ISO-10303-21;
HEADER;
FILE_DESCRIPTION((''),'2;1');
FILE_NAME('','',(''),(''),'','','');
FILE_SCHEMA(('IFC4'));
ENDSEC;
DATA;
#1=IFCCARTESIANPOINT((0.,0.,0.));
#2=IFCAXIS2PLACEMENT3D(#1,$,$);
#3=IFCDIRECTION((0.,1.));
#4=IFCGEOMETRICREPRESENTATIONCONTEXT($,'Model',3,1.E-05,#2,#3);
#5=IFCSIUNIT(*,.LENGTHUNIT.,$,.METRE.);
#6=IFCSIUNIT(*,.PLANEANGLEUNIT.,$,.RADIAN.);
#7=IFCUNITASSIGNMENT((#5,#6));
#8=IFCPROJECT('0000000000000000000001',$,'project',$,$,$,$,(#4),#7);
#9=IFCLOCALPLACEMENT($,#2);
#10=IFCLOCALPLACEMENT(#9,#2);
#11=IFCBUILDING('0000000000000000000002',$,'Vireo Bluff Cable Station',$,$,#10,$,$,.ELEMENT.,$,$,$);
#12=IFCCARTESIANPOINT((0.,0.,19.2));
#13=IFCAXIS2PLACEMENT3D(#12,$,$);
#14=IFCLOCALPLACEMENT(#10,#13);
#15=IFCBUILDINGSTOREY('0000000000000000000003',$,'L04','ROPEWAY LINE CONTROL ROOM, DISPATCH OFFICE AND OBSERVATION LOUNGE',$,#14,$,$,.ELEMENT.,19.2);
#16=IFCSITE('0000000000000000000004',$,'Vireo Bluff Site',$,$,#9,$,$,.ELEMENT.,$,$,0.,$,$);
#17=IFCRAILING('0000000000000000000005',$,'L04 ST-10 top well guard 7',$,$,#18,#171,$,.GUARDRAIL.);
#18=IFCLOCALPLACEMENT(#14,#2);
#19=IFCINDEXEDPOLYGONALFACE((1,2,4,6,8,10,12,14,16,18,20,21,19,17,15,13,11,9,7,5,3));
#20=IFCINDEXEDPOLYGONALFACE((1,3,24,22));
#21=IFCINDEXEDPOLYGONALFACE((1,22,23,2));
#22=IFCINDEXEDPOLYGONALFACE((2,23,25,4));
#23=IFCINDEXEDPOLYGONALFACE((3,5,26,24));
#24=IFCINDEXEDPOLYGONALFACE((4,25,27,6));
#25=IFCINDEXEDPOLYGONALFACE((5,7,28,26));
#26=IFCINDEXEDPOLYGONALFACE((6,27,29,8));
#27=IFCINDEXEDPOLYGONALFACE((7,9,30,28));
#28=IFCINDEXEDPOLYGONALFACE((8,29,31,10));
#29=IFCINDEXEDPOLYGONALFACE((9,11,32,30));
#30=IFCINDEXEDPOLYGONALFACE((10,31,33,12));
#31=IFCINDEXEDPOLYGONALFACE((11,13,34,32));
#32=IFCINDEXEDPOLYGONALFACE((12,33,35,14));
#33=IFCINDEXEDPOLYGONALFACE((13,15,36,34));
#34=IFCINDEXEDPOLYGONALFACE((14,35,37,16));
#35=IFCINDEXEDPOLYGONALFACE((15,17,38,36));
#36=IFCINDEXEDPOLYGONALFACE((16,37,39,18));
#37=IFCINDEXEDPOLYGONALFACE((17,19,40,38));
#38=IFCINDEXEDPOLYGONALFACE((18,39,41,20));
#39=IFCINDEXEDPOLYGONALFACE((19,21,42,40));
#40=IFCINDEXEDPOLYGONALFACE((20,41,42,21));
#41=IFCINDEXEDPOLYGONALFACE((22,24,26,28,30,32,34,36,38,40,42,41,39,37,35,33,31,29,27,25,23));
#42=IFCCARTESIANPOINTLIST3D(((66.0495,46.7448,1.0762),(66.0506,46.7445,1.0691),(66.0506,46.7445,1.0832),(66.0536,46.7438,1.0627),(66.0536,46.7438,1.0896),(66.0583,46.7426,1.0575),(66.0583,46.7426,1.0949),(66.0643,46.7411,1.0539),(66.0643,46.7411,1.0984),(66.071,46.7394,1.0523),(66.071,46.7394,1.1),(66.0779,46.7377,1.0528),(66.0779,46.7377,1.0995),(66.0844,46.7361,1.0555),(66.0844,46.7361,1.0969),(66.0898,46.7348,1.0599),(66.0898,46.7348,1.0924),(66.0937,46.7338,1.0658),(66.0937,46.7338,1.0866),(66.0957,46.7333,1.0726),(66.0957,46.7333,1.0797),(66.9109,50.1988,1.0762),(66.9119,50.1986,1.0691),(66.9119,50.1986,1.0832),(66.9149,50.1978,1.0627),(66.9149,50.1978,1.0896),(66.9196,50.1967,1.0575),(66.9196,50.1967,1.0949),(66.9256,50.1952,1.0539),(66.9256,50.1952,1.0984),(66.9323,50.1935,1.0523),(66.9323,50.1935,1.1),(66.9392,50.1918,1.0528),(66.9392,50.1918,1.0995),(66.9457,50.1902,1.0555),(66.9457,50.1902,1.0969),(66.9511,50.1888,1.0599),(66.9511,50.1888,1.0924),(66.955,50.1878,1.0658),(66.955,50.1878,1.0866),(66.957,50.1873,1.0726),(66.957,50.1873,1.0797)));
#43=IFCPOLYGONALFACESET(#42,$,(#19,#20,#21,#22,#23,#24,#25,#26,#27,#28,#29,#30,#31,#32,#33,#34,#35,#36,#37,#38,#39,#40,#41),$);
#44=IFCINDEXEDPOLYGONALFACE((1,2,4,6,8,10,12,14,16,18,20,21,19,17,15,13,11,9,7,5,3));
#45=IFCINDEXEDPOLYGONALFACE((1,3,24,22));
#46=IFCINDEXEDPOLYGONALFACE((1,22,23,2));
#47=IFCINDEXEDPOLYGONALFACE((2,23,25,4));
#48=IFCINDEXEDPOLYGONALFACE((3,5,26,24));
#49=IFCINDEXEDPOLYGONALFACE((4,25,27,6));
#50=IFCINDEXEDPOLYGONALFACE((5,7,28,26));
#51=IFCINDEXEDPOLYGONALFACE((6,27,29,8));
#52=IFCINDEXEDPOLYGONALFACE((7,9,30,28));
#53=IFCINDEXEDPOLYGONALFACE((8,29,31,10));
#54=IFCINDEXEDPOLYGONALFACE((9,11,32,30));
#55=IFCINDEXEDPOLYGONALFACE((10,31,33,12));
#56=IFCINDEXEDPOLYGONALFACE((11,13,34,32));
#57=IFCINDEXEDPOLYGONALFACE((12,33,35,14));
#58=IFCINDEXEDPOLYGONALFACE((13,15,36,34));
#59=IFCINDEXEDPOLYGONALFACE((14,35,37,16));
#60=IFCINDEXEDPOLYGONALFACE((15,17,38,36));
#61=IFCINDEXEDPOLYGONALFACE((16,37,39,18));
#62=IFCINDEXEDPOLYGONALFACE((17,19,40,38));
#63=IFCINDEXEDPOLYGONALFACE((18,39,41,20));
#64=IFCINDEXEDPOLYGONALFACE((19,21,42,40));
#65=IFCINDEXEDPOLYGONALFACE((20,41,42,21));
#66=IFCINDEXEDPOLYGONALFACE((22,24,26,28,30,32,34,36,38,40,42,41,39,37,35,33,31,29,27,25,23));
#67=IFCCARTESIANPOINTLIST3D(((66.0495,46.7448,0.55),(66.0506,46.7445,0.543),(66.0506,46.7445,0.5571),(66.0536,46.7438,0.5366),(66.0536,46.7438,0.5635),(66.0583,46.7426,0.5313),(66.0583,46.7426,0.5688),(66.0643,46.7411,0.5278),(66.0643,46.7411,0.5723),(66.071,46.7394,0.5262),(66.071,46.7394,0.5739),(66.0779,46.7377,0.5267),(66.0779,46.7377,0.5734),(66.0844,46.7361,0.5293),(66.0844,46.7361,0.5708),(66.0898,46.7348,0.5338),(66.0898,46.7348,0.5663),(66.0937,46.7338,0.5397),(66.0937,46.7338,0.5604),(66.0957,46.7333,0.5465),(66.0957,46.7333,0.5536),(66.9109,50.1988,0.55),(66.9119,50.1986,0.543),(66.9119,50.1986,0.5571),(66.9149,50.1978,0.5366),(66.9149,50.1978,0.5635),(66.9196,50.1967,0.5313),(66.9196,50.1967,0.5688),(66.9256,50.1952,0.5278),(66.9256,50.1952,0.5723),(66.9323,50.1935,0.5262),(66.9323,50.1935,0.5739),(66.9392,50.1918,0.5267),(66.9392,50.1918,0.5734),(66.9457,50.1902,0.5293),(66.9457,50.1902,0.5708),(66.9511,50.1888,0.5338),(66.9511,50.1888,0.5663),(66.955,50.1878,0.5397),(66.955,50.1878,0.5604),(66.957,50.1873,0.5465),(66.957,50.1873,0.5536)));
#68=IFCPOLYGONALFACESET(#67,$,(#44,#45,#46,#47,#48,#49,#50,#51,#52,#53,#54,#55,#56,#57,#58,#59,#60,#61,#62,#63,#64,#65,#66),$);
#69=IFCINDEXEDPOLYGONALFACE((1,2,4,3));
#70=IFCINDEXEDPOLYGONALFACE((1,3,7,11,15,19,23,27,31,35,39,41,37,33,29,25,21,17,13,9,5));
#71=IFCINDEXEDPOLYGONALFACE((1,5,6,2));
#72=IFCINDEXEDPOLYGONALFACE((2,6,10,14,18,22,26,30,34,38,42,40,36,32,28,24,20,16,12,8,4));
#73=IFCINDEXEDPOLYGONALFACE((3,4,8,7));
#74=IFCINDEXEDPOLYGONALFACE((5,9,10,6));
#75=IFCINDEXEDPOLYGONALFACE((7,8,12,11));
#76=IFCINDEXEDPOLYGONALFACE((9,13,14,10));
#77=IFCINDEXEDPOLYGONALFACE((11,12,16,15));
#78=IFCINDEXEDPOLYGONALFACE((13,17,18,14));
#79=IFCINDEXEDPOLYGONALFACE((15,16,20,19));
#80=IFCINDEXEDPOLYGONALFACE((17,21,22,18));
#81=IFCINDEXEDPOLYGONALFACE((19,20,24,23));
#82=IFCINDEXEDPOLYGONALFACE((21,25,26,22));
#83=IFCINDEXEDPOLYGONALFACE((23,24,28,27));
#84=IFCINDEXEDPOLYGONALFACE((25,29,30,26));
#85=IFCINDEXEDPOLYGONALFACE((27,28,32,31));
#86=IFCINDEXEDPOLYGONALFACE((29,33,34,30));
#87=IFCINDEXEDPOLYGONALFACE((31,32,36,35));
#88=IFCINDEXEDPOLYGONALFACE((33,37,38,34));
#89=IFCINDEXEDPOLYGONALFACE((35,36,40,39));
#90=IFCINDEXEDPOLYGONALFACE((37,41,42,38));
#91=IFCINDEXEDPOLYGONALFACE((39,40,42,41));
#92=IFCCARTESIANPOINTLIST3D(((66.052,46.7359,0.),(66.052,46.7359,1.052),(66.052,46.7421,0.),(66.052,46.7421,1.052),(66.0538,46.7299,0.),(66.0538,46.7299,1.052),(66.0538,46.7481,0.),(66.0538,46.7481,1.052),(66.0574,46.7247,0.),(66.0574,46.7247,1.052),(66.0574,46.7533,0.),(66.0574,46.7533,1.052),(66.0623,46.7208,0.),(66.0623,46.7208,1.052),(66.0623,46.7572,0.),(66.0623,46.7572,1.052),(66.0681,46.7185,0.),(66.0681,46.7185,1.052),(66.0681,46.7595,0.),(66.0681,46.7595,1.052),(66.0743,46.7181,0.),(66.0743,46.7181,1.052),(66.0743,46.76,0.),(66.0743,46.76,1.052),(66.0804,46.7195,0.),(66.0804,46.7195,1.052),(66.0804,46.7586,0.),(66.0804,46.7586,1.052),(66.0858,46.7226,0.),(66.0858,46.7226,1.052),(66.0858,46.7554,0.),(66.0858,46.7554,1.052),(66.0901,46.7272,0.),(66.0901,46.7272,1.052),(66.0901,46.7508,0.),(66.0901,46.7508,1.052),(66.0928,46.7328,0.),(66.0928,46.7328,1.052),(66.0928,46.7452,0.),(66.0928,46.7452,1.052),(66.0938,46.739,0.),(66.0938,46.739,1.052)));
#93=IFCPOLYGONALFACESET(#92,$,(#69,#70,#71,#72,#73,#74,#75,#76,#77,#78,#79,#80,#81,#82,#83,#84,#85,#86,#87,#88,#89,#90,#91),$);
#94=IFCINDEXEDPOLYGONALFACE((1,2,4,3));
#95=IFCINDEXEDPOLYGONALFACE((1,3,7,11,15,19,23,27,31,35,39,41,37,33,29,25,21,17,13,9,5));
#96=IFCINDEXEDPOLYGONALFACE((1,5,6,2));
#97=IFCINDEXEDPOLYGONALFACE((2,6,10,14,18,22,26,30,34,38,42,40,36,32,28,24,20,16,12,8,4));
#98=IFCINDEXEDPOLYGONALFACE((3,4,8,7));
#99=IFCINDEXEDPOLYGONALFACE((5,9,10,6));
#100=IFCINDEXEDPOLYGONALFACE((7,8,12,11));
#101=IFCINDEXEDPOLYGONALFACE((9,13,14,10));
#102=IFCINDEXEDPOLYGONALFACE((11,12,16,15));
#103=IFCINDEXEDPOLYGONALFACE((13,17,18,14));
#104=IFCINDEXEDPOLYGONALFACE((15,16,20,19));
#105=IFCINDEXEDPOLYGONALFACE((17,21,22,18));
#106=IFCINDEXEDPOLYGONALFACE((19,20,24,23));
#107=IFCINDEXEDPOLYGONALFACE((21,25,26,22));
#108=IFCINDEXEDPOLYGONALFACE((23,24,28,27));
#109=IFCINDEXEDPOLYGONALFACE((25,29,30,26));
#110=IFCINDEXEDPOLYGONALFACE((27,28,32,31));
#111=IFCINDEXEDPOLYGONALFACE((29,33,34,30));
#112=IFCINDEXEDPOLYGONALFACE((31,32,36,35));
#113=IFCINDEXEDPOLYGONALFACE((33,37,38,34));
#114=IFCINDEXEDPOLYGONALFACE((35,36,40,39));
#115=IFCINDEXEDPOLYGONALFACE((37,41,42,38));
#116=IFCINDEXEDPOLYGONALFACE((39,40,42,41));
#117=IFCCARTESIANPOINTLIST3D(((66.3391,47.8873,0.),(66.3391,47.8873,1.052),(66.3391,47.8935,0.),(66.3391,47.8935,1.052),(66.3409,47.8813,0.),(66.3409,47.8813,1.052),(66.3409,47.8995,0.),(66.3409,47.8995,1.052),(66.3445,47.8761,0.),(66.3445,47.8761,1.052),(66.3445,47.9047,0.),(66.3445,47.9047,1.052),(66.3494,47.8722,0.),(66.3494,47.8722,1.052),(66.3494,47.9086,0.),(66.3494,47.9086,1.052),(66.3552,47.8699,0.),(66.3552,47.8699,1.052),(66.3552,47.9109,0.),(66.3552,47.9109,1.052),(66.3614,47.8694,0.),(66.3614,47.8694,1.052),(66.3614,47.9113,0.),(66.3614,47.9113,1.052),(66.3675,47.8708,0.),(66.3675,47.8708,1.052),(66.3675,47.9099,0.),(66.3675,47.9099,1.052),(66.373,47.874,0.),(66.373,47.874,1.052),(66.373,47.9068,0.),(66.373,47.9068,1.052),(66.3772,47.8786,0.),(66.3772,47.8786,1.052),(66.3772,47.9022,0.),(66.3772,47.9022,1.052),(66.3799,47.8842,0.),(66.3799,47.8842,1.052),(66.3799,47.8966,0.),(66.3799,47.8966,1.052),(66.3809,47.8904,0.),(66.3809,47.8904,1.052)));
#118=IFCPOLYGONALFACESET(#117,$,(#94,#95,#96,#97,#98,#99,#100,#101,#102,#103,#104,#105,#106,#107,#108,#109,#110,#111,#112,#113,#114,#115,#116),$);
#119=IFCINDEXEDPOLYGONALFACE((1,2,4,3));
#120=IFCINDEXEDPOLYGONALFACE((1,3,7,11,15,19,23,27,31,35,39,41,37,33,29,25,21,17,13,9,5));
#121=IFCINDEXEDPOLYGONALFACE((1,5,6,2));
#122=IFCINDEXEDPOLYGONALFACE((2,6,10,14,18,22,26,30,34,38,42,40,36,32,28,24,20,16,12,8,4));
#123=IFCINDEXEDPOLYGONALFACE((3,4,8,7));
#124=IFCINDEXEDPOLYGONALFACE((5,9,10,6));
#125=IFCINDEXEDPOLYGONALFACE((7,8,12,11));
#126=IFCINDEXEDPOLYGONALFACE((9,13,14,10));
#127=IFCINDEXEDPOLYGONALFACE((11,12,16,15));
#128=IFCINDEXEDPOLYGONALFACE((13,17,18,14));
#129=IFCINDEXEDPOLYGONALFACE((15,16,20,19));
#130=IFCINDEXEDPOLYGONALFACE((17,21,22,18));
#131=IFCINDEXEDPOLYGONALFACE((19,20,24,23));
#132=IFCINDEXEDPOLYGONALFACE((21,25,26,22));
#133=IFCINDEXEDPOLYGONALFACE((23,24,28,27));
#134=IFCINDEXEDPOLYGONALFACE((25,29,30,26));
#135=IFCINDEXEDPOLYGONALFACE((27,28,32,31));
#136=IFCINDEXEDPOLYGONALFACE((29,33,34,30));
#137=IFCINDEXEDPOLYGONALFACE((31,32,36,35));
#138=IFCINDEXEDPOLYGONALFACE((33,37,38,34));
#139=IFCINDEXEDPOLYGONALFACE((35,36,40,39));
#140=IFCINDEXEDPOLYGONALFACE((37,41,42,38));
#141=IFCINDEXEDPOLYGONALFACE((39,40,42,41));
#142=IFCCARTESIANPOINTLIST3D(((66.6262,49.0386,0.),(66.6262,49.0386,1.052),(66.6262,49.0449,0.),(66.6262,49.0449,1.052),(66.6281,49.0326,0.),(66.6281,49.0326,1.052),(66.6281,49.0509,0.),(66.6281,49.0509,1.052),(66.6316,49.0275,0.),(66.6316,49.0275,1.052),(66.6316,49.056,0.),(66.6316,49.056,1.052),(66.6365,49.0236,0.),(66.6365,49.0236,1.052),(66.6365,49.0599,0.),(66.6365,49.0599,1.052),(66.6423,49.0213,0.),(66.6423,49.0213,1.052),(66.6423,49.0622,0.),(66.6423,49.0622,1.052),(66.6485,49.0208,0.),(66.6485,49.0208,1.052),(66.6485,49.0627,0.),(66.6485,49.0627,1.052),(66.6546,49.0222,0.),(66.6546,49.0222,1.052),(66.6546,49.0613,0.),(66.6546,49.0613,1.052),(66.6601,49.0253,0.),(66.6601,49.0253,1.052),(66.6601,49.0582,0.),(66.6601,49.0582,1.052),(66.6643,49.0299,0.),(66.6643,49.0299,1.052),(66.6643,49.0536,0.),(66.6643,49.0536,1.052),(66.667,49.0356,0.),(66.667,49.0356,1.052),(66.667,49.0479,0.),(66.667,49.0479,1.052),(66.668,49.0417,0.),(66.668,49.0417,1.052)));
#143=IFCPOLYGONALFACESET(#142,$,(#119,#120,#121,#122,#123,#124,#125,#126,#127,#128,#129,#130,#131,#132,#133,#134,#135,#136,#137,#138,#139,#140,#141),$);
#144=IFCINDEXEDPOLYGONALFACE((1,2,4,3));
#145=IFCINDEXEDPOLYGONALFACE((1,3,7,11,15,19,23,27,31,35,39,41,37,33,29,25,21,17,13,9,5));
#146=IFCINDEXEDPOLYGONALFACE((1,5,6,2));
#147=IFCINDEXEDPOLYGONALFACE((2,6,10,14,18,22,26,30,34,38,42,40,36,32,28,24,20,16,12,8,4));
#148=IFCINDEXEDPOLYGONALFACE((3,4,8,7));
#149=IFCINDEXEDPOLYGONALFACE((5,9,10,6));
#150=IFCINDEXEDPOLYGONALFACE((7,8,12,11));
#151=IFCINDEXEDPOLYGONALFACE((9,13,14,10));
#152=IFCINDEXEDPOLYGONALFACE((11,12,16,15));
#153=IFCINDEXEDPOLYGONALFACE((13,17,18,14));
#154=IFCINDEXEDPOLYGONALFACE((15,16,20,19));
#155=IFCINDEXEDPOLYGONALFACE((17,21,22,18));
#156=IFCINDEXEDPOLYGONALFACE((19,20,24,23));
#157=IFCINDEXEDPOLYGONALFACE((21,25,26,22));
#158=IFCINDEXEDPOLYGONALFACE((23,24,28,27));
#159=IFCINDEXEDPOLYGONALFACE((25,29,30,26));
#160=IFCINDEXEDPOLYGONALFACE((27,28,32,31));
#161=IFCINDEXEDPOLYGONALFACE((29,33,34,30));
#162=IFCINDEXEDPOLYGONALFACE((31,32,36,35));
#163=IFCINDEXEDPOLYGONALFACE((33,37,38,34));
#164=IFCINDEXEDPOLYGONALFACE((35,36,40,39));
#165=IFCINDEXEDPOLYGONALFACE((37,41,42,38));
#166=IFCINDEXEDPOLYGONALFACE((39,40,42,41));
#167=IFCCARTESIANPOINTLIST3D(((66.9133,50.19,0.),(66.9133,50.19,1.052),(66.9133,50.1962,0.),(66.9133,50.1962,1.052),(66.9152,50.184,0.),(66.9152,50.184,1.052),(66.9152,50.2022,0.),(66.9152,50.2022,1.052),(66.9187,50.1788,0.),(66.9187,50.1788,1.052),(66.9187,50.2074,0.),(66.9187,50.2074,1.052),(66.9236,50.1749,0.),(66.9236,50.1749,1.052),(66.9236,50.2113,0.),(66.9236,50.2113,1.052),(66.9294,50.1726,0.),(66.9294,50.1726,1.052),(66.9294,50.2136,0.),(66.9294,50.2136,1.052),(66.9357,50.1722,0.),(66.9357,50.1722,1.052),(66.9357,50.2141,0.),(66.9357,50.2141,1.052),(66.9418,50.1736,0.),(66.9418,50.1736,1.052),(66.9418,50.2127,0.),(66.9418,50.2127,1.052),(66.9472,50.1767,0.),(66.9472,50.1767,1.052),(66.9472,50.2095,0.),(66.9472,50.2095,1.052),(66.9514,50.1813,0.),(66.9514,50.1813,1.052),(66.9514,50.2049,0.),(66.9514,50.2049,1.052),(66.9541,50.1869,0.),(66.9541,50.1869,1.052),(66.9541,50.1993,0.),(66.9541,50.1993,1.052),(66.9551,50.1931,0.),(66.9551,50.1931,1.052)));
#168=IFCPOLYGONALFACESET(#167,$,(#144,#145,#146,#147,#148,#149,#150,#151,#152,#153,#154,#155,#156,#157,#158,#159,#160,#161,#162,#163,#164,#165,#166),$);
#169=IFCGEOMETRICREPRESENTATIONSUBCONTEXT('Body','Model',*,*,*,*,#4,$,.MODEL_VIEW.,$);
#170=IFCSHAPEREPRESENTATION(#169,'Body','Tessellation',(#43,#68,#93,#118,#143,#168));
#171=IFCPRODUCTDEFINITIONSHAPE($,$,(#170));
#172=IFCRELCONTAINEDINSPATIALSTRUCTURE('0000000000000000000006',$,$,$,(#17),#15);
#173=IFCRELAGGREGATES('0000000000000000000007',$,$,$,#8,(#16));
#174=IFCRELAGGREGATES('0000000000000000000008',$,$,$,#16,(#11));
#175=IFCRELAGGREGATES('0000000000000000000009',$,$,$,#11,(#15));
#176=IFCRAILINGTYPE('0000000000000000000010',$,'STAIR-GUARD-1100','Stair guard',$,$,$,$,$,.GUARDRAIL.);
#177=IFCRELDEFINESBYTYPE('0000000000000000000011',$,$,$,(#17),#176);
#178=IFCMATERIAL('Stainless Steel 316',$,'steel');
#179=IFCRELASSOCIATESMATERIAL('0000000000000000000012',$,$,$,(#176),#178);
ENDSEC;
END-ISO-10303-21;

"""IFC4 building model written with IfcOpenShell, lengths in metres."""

from ifc_helpers import new_model, si_unit, direction, frame, origin, origin_2d, place, context, subcontext, project, spatial, circle, extrude, material, type_object, element, save


model = new_model("IFC4")

# Units and contexts
model_context = context("Model", 3, precision=1e-05, world=origin(), true_north=direction((0.0, 1.0)))
body_context = subcontext(model_context, "Body", "Model", "MODEL_VIEW")
ifc_project = project(units=[si_unit("LENGTHUNIT", "METRE"), si_unit("PLANEANGLEUNIT", "RADIAN")], contexts=[model_context])

# Site, building, storey
site_placement = place(None, origin())
site = spatial("IfcSite", under=ifc_project, at=site_placement, Name="Vireo Bluff Site", CompositionType="ELEMENT", RefElevation=0.0)
building_placement = place(site_placement, origin())
building = spatial("IfcBuilding", under=site, at=building_placement, Name="Vireo Bluff Cable Station", CompositionType="ELEMENT")
storey_placement = place(building_placement, frame((0.0, 0.0, 19.2)))
storey = spatial("IfcBuildingStorey", under=building, at=storey_placement, Name="L04", Description="ROPEWAY LINE CONTROL ROOM, DISPATCH OFFICE AND OBSERVATION LOUNGE", CompositionType="ELEMENT", Elevation=19.2)

# Shared definitions
ifc_material_1 = material(Name="Stainless Steel 316", Category="steel")

# Railing
railing_type = type_object("IfcRailingType", Name="STAIR-GUARD-1100", Description="Stair guard", PredefinedType="GUARDRAIL", material=ifc_material_1)
railing_1_placement = place(storey_placement, frame((66.0728, 46.739, 0.0)))
element("IfcRailing", 1, at=railing_1_placement, inside=storey, type_object=railing_type, Name="L04 ST-10 top well guard 7", PredefinedType="GUARDRAIL", context=body_context, shape_type="SweptSolid", body=[
    extrude(circle(Radius=0.0239, at=origin_2d()), frame((0.0, 0.0, 1.0762), z_axis=(0.241955, 0.970288, 0.0), x_axis=(-0.970288, 0.241955, 0.0)), (0.0, 0.0, 1.0), 3.5598),
    extrude(circle(Radius=0.0239, at=origin_2d()), frame((0.0, 0.0, 0.55), z_axis=(0.241955, 0.970288, 0.0), x_axis=(-0.970288, 0.241955, 0.0)), (0.0, 0.0, 1.0), 3.5598),
    extrude(circle(Radius=0.021, at=origin_2d()), origin(), (0.0, 0.0, 1.0), 1.052),
    extrude(circle(Radius=0.021, at=origin_2d()), frame((0.2871, 1.1514, 0.0)), (0.0, 0.0, 1.0), 1.052),
    extrude(circle(Radius=0.021, at=origin_2d()), frame((0.5742, 2.3027, 0.0)), (0.0, 0.0, 1.0), 1.052),
    extrude(circle(Radius=0.021, at=origin_2d()), frame((0.8613, 3.4541, 0.0)), (0.0, 0.0, 1.0), 1.052),
])

save(model, "model.ifc")
